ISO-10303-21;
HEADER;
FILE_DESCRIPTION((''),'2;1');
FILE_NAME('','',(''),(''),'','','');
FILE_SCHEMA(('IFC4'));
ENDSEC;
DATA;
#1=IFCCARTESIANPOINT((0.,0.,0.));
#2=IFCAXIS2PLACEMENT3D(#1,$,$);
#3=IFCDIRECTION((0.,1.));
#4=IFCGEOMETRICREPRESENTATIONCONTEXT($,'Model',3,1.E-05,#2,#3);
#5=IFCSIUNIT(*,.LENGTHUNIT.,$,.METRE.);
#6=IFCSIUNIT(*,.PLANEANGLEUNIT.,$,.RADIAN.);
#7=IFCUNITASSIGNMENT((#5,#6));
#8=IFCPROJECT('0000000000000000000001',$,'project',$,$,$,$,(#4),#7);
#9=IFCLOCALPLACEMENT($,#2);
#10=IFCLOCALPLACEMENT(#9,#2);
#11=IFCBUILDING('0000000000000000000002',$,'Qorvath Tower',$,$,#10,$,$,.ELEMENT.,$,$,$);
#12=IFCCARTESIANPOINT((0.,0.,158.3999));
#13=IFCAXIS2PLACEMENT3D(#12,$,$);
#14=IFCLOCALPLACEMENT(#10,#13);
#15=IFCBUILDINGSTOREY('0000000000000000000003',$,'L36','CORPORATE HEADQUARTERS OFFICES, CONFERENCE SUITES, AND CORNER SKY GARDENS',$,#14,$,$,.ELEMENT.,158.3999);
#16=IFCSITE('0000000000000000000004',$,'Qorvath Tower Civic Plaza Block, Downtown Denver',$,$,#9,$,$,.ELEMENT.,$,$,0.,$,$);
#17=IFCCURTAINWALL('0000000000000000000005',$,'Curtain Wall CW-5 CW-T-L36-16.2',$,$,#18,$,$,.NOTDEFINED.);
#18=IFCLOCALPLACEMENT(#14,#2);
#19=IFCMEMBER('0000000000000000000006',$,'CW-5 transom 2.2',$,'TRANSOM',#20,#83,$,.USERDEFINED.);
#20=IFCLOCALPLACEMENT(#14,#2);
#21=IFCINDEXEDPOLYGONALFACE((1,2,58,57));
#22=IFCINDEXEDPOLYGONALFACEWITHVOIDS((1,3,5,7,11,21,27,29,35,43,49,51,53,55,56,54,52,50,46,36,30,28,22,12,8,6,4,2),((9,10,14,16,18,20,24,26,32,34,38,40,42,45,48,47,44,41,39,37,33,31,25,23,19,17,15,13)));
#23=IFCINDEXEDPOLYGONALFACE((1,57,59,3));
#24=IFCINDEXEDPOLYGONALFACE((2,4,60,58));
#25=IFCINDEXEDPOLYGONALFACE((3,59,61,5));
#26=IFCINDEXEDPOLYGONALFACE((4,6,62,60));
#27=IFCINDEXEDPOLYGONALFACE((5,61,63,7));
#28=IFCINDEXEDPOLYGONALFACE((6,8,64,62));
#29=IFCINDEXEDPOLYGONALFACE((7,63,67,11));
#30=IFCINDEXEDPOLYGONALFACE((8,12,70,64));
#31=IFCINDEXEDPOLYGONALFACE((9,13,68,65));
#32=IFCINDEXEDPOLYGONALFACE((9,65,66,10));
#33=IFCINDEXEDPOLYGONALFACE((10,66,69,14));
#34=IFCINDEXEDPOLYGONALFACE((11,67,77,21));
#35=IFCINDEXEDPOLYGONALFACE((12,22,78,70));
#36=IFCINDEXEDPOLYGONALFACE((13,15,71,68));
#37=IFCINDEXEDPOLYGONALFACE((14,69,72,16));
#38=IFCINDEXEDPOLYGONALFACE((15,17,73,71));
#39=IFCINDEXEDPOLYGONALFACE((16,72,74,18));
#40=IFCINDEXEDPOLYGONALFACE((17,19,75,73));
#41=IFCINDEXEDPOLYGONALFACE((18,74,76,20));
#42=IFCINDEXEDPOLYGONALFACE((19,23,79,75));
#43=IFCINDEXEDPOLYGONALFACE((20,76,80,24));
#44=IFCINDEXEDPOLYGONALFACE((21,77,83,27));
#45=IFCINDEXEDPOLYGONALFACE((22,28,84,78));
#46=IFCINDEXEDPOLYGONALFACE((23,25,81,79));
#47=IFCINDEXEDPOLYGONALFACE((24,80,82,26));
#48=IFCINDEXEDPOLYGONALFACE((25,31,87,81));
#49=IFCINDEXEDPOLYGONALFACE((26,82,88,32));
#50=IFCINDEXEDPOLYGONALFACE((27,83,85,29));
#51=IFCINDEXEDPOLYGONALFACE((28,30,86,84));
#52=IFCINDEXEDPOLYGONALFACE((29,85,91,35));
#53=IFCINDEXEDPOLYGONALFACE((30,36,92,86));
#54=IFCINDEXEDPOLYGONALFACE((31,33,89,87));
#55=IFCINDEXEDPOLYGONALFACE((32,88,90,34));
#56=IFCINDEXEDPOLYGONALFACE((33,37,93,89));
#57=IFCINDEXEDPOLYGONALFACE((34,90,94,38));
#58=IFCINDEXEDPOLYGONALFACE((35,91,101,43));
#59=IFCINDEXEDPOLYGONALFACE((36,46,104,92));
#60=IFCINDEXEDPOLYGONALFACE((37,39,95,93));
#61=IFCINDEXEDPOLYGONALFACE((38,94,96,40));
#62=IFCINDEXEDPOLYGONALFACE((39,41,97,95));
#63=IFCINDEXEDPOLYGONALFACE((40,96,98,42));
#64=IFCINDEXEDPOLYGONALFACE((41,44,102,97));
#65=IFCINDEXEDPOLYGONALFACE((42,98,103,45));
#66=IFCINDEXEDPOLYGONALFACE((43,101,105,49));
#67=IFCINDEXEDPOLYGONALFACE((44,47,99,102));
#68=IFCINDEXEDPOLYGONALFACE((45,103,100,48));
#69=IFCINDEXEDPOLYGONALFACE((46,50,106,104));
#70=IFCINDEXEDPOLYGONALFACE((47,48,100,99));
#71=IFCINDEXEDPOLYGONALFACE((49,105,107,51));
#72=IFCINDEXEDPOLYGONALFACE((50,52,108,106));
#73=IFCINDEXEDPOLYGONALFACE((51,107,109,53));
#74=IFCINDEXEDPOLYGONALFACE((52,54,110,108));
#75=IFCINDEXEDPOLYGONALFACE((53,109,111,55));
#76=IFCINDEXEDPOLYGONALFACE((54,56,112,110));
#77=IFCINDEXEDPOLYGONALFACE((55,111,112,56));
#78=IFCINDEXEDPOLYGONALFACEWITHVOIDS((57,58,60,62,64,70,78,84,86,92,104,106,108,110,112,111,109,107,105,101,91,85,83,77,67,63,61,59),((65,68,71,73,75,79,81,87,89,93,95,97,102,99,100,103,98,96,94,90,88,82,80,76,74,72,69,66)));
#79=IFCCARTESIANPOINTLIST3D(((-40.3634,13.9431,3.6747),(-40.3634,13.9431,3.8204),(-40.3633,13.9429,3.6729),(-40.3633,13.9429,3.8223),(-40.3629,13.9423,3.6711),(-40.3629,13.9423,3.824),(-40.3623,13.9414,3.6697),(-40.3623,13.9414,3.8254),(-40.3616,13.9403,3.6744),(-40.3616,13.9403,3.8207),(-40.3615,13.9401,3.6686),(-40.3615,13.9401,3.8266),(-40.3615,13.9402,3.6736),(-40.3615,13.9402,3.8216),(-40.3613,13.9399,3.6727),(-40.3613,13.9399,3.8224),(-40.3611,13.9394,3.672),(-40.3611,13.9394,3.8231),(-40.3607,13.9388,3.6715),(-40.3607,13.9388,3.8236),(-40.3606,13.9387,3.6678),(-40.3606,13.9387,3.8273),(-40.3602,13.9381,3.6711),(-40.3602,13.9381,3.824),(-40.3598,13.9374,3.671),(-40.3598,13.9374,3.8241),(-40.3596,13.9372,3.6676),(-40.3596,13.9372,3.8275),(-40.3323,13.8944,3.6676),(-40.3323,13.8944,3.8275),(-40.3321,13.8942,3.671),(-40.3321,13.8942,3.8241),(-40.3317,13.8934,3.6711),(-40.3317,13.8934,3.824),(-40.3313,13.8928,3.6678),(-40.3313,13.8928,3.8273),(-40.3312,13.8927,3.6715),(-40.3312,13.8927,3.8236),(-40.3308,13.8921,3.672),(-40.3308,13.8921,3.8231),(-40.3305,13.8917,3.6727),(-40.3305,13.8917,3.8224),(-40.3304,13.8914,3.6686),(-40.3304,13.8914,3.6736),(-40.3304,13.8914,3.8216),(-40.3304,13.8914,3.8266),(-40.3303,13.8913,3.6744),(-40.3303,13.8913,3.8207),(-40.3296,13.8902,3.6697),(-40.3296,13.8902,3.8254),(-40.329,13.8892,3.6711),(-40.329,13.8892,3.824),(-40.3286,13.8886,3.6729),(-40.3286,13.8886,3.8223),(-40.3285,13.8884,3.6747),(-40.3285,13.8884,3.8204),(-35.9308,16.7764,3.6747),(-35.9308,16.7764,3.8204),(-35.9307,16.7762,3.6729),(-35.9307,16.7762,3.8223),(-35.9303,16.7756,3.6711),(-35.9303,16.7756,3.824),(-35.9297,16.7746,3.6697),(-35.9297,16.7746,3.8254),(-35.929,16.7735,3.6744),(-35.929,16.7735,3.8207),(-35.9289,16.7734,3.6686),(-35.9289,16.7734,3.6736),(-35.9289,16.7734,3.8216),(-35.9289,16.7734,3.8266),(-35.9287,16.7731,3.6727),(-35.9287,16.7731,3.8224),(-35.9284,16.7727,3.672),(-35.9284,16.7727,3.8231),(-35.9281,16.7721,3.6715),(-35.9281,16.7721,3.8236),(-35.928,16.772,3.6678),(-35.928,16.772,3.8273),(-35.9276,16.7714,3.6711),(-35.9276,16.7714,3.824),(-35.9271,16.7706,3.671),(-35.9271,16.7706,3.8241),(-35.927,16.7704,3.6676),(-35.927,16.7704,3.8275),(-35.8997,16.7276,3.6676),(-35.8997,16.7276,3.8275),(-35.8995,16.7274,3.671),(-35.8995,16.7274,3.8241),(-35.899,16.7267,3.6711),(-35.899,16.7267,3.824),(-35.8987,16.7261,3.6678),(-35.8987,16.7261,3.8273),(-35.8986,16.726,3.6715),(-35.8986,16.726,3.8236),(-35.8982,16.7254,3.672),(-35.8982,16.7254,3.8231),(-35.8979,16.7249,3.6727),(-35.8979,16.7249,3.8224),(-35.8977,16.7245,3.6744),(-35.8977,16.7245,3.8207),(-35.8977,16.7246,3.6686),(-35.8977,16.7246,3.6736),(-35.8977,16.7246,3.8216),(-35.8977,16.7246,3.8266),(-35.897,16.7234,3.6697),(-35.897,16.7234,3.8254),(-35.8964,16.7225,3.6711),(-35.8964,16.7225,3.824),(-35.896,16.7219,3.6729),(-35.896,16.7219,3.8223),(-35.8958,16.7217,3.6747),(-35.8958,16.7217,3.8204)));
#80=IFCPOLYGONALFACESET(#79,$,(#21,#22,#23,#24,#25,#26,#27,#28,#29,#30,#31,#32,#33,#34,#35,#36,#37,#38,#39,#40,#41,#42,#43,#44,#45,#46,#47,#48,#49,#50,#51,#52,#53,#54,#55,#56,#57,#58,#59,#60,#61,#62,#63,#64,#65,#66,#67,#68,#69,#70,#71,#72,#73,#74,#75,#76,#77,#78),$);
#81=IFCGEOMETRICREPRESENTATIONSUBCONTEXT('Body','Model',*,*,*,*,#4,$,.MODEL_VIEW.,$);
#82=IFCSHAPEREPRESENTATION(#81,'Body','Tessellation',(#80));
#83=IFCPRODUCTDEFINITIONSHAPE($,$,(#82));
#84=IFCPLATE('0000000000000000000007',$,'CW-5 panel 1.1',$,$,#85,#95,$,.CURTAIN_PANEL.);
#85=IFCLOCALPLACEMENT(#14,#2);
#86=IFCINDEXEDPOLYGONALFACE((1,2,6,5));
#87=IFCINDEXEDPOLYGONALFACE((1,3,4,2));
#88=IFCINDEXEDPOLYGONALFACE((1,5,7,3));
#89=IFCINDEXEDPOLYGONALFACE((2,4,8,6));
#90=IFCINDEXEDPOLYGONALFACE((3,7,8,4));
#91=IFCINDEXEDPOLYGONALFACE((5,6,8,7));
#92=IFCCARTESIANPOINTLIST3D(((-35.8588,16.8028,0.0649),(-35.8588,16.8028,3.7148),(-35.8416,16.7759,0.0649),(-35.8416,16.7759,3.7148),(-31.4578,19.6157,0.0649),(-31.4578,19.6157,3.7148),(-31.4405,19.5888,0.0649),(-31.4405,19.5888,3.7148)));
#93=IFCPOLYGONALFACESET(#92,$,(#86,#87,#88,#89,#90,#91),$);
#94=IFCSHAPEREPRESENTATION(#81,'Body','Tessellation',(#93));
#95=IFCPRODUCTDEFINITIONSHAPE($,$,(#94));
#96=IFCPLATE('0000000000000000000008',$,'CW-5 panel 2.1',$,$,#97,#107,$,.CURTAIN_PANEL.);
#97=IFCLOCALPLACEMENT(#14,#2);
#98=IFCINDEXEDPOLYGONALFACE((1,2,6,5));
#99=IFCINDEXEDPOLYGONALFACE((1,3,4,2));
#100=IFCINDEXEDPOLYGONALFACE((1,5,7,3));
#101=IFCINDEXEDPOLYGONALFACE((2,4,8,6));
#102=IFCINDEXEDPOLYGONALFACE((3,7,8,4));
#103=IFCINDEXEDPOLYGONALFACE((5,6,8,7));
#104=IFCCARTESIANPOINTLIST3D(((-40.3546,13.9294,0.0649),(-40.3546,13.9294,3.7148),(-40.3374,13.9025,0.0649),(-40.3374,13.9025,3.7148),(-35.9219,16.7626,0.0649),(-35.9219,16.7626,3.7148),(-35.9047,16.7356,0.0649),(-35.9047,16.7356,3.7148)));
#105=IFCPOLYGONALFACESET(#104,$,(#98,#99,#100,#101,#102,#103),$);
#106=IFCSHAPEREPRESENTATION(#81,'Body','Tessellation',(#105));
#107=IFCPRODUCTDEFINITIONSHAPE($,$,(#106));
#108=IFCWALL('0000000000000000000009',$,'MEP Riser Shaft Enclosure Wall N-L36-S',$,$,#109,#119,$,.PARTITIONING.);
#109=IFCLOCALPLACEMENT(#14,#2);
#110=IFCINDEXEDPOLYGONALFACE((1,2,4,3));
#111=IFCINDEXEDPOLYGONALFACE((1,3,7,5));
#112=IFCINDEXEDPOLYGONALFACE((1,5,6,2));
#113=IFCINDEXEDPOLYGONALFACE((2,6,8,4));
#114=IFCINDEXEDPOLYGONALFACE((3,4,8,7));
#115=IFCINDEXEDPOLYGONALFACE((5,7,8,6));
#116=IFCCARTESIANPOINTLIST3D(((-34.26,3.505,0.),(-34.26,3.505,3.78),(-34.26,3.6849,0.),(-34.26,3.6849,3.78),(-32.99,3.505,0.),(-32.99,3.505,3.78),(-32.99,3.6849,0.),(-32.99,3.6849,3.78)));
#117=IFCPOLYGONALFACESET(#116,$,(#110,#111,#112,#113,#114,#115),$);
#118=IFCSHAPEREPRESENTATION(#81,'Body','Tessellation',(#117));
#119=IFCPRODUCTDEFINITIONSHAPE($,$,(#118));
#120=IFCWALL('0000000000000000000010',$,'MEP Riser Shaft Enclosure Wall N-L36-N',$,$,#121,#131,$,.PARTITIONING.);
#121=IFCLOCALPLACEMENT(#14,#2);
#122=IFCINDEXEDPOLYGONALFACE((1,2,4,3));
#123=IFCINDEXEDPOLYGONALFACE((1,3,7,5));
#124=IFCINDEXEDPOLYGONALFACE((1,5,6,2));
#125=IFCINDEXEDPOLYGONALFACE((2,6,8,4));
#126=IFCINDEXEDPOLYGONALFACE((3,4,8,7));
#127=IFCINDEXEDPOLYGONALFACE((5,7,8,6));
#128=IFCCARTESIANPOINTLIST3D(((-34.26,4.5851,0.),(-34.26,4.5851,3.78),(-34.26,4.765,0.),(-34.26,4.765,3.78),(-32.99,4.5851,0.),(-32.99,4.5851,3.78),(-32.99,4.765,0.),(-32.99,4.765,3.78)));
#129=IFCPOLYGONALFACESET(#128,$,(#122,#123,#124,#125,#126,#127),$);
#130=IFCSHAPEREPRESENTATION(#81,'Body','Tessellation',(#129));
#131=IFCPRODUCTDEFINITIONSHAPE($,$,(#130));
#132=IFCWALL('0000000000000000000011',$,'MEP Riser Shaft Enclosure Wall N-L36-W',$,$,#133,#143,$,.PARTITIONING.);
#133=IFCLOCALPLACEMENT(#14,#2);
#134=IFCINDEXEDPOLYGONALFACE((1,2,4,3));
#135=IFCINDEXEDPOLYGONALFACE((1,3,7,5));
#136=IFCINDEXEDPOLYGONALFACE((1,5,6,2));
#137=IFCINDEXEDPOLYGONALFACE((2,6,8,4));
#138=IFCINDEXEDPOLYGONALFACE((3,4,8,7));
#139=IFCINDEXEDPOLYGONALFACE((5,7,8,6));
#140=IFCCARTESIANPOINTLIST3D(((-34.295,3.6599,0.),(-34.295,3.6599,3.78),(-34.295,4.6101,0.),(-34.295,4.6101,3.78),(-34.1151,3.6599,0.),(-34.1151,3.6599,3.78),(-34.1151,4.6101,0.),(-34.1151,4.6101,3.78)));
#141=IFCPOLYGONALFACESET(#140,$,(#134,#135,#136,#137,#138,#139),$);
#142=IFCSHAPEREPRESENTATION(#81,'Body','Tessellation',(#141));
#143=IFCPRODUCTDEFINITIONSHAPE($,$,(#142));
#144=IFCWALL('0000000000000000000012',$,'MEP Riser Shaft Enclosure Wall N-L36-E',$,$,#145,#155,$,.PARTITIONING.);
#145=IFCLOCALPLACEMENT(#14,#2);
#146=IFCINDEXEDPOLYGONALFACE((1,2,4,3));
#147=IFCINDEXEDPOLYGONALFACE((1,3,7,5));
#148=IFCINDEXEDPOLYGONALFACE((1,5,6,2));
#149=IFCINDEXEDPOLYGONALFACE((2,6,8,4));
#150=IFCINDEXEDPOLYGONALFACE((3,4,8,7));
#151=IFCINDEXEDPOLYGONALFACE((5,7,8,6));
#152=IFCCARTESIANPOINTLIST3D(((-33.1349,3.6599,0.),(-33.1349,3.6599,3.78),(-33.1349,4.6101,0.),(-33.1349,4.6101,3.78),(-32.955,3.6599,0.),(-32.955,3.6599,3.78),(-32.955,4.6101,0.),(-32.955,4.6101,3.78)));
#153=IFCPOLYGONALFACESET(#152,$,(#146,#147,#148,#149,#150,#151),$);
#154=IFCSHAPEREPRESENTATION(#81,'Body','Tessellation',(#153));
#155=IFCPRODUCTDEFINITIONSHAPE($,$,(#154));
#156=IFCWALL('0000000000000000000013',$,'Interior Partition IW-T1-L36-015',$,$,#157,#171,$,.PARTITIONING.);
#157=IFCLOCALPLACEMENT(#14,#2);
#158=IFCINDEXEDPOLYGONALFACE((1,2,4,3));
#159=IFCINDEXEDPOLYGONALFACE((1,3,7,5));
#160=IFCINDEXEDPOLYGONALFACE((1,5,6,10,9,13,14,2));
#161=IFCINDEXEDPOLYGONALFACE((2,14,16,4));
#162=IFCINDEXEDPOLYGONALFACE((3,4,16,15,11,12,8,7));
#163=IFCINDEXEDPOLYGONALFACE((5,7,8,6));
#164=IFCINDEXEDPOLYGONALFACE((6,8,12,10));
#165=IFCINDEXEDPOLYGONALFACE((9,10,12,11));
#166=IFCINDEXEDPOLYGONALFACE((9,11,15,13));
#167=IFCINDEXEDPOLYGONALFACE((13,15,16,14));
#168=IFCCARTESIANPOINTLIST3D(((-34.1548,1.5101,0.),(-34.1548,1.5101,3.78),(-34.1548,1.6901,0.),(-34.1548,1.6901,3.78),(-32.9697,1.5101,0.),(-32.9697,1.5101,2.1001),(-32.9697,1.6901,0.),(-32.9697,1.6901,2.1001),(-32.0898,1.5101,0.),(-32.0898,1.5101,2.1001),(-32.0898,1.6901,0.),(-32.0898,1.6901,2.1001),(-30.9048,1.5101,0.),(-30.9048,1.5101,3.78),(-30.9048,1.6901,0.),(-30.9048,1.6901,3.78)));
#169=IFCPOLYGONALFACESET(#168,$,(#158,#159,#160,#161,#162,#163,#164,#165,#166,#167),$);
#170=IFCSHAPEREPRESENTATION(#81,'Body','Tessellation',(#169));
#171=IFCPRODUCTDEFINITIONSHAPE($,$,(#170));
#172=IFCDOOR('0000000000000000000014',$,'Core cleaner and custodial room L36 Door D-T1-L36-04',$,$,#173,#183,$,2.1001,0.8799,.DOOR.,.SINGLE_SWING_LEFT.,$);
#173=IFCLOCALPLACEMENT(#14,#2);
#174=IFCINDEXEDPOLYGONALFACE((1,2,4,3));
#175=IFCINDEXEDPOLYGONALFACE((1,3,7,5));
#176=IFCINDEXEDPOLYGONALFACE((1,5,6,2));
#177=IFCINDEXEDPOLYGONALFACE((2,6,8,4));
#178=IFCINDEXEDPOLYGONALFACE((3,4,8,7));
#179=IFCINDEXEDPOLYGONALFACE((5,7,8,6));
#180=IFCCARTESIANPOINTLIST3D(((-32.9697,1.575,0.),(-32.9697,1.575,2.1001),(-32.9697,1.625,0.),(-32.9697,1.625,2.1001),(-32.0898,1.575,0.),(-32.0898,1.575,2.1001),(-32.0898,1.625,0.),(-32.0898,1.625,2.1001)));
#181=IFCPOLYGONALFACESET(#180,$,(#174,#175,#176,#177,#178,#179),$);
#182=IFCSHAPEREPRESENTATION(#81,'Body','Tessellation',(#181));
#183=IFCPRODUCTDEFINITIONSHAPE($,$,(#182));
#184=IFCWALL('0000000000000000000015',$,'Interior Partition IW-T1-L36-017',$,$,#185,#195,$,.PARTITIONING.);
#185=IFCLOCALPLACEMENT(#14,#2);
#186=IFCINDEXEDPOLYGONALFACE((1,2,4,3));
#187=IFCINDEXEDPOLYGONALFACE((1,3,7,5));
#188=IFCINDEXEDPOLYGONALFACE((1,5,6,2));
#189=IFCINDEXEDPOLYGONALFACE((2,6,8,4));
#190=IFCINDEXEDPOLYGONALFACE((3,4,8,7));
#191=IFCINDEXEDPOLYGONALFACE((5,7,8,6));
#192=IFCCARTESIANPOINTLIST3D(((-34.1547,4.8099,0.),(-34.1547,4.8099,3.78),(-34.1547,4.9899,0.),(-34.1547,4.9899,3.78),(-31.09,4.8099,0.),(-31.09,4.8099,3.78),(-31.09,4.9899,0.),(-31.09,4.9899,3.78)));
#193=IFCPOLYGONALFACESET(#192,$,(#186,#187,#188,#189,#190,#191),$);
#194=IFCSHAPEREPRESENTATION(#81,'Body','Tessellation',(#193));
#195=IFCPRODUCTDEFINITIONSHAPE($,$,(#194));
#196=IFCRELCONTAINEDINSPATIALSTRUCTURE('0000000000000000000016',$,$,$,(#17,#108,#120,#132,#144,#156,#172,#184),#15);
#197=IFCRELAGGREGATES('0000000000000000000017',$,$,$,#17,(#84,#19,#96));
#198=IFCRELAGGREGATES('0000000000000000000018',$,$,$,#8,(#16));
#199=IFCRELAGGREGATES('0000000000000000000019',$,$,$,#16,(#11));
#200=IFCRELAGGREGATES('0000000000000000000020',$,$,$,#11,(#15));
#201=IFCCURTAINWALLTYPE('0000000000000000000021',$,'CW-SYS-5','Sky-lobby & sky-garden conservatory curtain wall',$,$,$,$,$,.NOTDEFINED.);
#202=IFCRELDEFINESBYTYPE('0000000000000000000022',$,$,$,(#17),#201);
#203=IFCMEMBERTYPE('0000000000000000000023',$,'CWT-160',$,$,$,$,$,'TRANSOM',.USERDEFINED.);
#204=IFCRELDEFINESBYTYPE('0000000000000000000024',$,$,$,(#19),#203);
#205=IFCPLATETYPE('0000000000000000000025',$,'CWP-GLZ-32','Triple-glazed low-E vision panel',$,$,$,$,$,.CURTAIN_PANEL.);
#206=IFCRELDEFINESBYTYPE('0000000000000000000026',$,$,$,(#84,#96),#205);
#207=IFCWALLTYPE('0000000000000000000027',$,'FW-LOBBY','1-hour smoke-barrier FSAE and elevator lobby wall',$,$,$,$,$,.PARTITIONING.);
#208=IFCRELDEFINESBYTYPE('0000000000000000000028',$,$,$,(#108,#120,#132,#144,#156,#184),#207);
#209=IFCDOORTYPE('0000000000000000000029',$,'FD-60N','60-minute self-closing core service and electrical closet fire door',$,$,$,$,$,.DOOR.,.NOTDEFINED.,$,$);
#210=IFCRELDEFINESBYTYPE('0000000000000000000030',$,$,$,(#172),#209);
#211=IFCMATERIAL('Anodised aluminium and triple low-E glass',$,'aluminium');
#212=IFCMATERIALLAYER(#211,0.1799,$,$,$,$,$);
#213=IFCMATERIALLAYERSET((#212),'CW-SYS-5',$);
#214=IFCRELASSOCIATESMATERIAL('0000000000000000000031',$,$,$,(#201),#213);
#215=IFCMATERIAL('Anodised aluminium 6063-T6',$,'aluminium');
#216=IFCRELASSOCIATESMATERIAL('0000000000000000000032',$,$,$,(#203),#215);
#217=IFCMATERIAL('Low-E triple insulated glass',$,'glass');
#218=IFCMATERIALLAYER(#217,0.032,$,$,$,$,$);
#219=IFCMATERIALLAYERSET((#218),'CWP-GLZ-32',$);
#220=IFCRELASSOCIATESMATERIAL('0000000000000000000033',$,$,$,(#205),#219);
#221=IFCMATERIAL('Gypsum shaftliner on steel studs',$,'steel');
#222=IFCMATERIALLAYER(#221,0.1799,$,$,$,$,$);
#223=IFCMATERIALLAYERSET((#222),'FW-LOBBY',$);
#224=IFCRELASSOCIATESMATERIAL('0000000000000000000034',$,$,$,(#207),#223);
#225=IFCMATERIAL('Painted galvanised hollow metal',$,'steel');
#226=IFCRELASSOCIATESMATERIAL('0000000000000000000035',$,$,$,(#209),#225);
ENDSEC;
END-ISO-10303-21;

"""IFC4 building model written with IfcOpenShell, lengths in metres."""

from ifc_helpers import new_model, si_unit, direction, frame, frame_2d, origin, origin_2d, place, context, subcontext, project, spatial, rectangle, hollow_rectangle, extrude, material, layer, layer_set, material_profile, profile_set, type_object, element, fill, aggregate, save


model = new_model("IFC4")

# Units and contexts
model_context = context("Model", 3, precision=1e-05, world=origin(), true_north=direction((0.0, 1.0)))
body_context = subcontext(model_context, "Body", "Model", "MODEL_VIEW")
ifc_project = project(units=[si_unit("LENGTHUNIT", "METRE"), si_unit("PLANEANGLEUNIT", "RADIAN")], contexts=[model_context])

# Site, building, storey
site_placement = place(None, origin())
site = spatial("IfcSite", under=ifc_project, at=site_placement, Name="Qorvath Tower Civic Plaza Block, Downtown Denver", CompositionType="ELEMENT", RefElevation=0.0)
building_placement = place(site_placement, origin())
building = spatial("IfcBuilding", under=site, at=building_placement, Name="Qorvath Tower", CompositionType="ELEMENT")
storey_placement = place(building_placement, frame((0.0, 0.0, 158.3999)))
storey = spatial("IfcBuildingStorey", under=building, at=storey_placement, Name="L36", Description="CORPORATE HEADQUARTERS OFFICES, CONFERENCE SUITES, AND CORNER SKY GARDENS", CompositionType="ELEMENT", Elevation=158.3999)

# Shared definitions
ifc_material_1 = material(Name="Anodised aluminium and triple low-E glass", Category="aluminium")
ifc_layer_1 = layer(ifc_material_1, 0.1799)
ifc_layer_set_1 = layer_set([ifc_layer_1], Name="CW-SYS-5")
curtain_wall_type = type_object("IfcCurtainWallType", Name="CW-SYS-5", Description="Sky-lobby & sky-garden conservatory curtain wall", PredefinedType="NOTDEFINED", material=ifc_layer_set_1)

# Curtain wall, member, plates
curtain_wall_1_placement = place(storey_placement, origin())
curtain_wall_1 = element("IfcCurtainWall", 1, at=curtain_wall_1_placement, inside=storey, type_object=curtain_wall_type, Name="Curtain Wall CW-5 CW-T-L36-16.2", PredefinedType="NOTDEFINED")
ifc_material_2 = material(Name="Anodised aluminium 6063-T6", Category="aluminium")
ifc_material_profile_1 = material_profile(ifc_material_2, hollow_rectangle(XDim=0.0649, YDim=0.1599, WallThickness=0.0034, InnerFilletRadius=0.0034, OuterFilletRadius=0.0071, at=origin_2d()), Name="CWT 160x65")
ifc_profile_set_1 = profile_set([ifc_material_profile_1], Name="Anodised aluminium 6063-T6")
member_type_1 = type_object("IfcMemberType", Name="CWT-160", ElementType="TRANSOM", PredefinedType="USERDEFINED", material=ifc_profile_set_1)
member_1_placement = place(storey_placement, frame((-35.9133, 16.749, 3.7476), z_axis=(-0.842584, -0.538565, 0.0), x_axis=(0.538565, -0.842584, 0.0)))
member_1 = element("IfcMember", 2, at=member_1_placement, type_object=member_type_1, Name="CW-5 transom 2.2", ObjectType="TRANSOM", PredefinedType="USERDEFINED", context=body_context, shape_type="SweptSolid", body=[
    extrude(hollow_rectangle(XDim=0.0649, YDim=0.1599, WallThickness=0.0034, InnerFilletRadius=0.0034, OuterFilletRadius=0.0071, at=origin_2d()), origin(), (0.0, 0.0, 1.0), 5.2607),
])
ifc_material_3 = material(Name="Low-E triple insulated glass", Category="glass")
ifc_layer_2 = layer(ifc_material_3, 0.032)
ifc_layer_set_2 = layer_set([ifc_layer_2], Name="CWP-GLZ-32")
plate_type = type_object("IfcPlateType", Name="CWP-GLZ-32", Description="Triple-glazed low-E vision panel", PredefinedType="CURTAIN_PANEL", material=ifc_layer_set_2)
plate_1_placement = place(storey_placement, frame((-33.6497, 18.1958, 0.0649), z_axis=(0.0, 0.0, 1.0), x_axis=(-0.8426, -0.538539, 0.0)))
plate_1 = element("IfcPlate", 3, at=plate_1_placement, type_object=plate_type, Name="CW-5 panel 1.1", PredefinedType="CURTAIN_PANEL", context=body_context, shape_type="SweptSolid", body=[
    extrude(rectangle(XDim=5.2231, YDim=0.032, at=origin_2d()), origin(), (0.0, 0.0, 1.0), 3.6499),
])
plate_2_placement = place(storey_placement, frame((-38.1296, 15.3325, 0.0649), z_axis=(0.0, 0.0, 1.0), x_axis=(-0.8426, -0.538539, 0.0)))
plate_2 = element("IfcPlate", 4, at=plate_2_placement, type_object=plate_type, Name="CW-5 panel 2.1", PredefinedType="CURTAIN_PANEL", context=body_context, shape_type="SweptSolid", body=[
    extrude(rectangle(XDim=5.2607, YDim=0.032, at=origin_2d()), origin(), (0.0, 0.0, 1.0), 3.6499),
])
aggregate(curtain_wall_1, [plate_1, member_1, plate_2])

# Walls
ifc_material_4 = material(Name="Gypsum shaftliner on steel studs", Category="steel")
ifc_layer_3 = layer(ifc_material_4, 0.1799)
ifc_layer_set_3 = layer_set([ifc_layer_3], Name="FW-LOBBY")
wall_type_1 = type_object("IfcWallType", Name="FW-LOBBY", Description="1-hour smoke-barrier FSAE and elevator lobby wall", PredefinedType="PARTITIONING", material=ifc_layer_set_3)
for number, where, z_axis, x_axis, name in (
    (5, (-32.99, 3.595, 0.0), (0.0, 0.0, 1.0), (-1.0, 0.0, 0.0), "MEP Riser Shaft Enclosure Wall N-L36-S"),
    (6, (-34.26, 4.675, 0.0), (0.0, 0.0, 1.0), (1.0, 0.0, 0.0), "MEP Riser Shaft Enclosure Wall N-L36-N"),
):
    element("IfcWall", number, at=place(storey_placement, frame(where, z_axis=z_axis, x_axis=x_axis)), inside=storey, type_object=wall_type_1, Name=name, PredefinedType="PARTITIONING", context=body_context, shape_type="SweptSolid", body=[
        extrude(rectangle(XDim=1.27, YDim=0.1799, at=frame_2d((0.635, 0.0))), origin(), (0.0, 0.0, 1.0), 3.78),
    ])
for number, where, z_axis, x_axis, name in (
    (7, (-34.2051, 3.6599, 0.0), (0.0, 0.0, 1.0), (0.0, 1.0, 0.0), "MEP Riser Shaft Enclosure Wall N-L36-W"),
    (8, (-33.0449, 4.6101, 0.0), (0.0, 0.0, 1.0), (0.0, -1.0, 0.0), "MEP Riser Shaft Enclosure Wall N-L36-E"),
):
    element("IfcWall", number, at=place(storey_placement, frame(where, z_axis=z_axis, x_axis=x_axis)), inside=storey, type_object=wall_type_1, Name=name, PredefinedType="PARTITIONING", context=body_context, shape_type="SweptSolid", body=[
        extrude(rectangle(XDim=0.9502, YDim=0.1799, at=frame_2d((0.4751, 0.0))), origin(), (0.0, 0.0, 1.0), 3.78),
    ])

# Wall, opening, door
wall_1_placement = place(storey_placement, frame((-34.1548, 1.6001, 0.0), z_axis=(0.0, 0.0, 1.0), x_axis=(1.0, 0.0, 0.0)))
wall_1 = element("IfcWall", 9, at=wall_1_placement, inside=storey, type_object=wall_type_1, Name="Interior Partition IW-T1-L36-015", PredefinedType="PARTITIONING", context=body_context, shape_type="SweptSolid", body=[
    extrude(rectangle(XDim=3.25, YDim=0.1799, at=frame_2d((1.625, 0.0))), origin(), (0.0, 0.0, 1.0), 3.78),
])
opening_1_placement = place(wall_1_placement, frame((1.1851, 0.0, 0.0)))
opening_1 = element("IfcOpeningElement", 10, at=opening_1_placement, cuts=wall_1, PredefinedType="OPENING", context=body_context, shape_type="SweptSolid", body=[
    extrude(rectangle(XDim=0.8799, YDim=2.1001, at=frame_2d((0.4399, 1.05))), frame((0.0, 0.1001, 0.0), z_axis=(0.0, -1.0, 0.0), x_axis=(1.0, 0.0, 0.0)), (0.0, 0.0, 1.0), 0.2),
])
ifc_material_5 = material(Name="Painted galvanised hollow metal", Category="steel")
door_type_1 = type_object("IfcDoorType", Name="FD-60N", Description="60-minute self-closing core service and electrical closet fire door", OperationType="NOTDEFINED", PredefinedType="DOOR", material=ifc_material_5)
door_1_placement = place(opening_1_placement, origin())
door_1 = element("IfcDoor", 11, at=door_1_placement, inside=storey, type_object=door_type_1, Name="Core cleaner and custodial room L36 Door D-T1-L36-04", OperationType="SINGLE_SWING_LEFT", OverallHeight=2.1001, OverallWidth=0.8799, PredefinedType="DOOR", context=body_context, shape_type="SweptSolid", body=[
    extrude(rectangle(XDim=0.8799, YDim=2.1001, at=frame_2d((0.4399, 1.05))), frame((0.0, 0.0249, 0.0), z_axis=(0.0, -1.0, 0.0), x_axis=(1.0, 0.0, 0.0)), (0.0, 0.0, 1.0), 0.05),
])
fill(opening_1, door_1)

# Wall
wall_2_placement = place(storey_placement, frame((-31.0901, 4.8999, 0.0), z_axis=(0.0, 0.0, 1.0), x_axis=(-1.0, 0.0, 0.0)))
element("IfcWall", 12, at=wall_2_placement, inside=storey, type_object=wall_type_1, Name="Interior Partition IW-T1-L36-017", PredefinedType="PARTITIONING", context=body_context, shape_type="SweptSolid", body=[
    extrude(rectangle(XDim=3.0647, YDim=0.1799, at=frame_2d((1.5322, 0.0))), origin(), (0.0, 0.0, 1.0), 3.78),
])

save(model, "model.ifc")
